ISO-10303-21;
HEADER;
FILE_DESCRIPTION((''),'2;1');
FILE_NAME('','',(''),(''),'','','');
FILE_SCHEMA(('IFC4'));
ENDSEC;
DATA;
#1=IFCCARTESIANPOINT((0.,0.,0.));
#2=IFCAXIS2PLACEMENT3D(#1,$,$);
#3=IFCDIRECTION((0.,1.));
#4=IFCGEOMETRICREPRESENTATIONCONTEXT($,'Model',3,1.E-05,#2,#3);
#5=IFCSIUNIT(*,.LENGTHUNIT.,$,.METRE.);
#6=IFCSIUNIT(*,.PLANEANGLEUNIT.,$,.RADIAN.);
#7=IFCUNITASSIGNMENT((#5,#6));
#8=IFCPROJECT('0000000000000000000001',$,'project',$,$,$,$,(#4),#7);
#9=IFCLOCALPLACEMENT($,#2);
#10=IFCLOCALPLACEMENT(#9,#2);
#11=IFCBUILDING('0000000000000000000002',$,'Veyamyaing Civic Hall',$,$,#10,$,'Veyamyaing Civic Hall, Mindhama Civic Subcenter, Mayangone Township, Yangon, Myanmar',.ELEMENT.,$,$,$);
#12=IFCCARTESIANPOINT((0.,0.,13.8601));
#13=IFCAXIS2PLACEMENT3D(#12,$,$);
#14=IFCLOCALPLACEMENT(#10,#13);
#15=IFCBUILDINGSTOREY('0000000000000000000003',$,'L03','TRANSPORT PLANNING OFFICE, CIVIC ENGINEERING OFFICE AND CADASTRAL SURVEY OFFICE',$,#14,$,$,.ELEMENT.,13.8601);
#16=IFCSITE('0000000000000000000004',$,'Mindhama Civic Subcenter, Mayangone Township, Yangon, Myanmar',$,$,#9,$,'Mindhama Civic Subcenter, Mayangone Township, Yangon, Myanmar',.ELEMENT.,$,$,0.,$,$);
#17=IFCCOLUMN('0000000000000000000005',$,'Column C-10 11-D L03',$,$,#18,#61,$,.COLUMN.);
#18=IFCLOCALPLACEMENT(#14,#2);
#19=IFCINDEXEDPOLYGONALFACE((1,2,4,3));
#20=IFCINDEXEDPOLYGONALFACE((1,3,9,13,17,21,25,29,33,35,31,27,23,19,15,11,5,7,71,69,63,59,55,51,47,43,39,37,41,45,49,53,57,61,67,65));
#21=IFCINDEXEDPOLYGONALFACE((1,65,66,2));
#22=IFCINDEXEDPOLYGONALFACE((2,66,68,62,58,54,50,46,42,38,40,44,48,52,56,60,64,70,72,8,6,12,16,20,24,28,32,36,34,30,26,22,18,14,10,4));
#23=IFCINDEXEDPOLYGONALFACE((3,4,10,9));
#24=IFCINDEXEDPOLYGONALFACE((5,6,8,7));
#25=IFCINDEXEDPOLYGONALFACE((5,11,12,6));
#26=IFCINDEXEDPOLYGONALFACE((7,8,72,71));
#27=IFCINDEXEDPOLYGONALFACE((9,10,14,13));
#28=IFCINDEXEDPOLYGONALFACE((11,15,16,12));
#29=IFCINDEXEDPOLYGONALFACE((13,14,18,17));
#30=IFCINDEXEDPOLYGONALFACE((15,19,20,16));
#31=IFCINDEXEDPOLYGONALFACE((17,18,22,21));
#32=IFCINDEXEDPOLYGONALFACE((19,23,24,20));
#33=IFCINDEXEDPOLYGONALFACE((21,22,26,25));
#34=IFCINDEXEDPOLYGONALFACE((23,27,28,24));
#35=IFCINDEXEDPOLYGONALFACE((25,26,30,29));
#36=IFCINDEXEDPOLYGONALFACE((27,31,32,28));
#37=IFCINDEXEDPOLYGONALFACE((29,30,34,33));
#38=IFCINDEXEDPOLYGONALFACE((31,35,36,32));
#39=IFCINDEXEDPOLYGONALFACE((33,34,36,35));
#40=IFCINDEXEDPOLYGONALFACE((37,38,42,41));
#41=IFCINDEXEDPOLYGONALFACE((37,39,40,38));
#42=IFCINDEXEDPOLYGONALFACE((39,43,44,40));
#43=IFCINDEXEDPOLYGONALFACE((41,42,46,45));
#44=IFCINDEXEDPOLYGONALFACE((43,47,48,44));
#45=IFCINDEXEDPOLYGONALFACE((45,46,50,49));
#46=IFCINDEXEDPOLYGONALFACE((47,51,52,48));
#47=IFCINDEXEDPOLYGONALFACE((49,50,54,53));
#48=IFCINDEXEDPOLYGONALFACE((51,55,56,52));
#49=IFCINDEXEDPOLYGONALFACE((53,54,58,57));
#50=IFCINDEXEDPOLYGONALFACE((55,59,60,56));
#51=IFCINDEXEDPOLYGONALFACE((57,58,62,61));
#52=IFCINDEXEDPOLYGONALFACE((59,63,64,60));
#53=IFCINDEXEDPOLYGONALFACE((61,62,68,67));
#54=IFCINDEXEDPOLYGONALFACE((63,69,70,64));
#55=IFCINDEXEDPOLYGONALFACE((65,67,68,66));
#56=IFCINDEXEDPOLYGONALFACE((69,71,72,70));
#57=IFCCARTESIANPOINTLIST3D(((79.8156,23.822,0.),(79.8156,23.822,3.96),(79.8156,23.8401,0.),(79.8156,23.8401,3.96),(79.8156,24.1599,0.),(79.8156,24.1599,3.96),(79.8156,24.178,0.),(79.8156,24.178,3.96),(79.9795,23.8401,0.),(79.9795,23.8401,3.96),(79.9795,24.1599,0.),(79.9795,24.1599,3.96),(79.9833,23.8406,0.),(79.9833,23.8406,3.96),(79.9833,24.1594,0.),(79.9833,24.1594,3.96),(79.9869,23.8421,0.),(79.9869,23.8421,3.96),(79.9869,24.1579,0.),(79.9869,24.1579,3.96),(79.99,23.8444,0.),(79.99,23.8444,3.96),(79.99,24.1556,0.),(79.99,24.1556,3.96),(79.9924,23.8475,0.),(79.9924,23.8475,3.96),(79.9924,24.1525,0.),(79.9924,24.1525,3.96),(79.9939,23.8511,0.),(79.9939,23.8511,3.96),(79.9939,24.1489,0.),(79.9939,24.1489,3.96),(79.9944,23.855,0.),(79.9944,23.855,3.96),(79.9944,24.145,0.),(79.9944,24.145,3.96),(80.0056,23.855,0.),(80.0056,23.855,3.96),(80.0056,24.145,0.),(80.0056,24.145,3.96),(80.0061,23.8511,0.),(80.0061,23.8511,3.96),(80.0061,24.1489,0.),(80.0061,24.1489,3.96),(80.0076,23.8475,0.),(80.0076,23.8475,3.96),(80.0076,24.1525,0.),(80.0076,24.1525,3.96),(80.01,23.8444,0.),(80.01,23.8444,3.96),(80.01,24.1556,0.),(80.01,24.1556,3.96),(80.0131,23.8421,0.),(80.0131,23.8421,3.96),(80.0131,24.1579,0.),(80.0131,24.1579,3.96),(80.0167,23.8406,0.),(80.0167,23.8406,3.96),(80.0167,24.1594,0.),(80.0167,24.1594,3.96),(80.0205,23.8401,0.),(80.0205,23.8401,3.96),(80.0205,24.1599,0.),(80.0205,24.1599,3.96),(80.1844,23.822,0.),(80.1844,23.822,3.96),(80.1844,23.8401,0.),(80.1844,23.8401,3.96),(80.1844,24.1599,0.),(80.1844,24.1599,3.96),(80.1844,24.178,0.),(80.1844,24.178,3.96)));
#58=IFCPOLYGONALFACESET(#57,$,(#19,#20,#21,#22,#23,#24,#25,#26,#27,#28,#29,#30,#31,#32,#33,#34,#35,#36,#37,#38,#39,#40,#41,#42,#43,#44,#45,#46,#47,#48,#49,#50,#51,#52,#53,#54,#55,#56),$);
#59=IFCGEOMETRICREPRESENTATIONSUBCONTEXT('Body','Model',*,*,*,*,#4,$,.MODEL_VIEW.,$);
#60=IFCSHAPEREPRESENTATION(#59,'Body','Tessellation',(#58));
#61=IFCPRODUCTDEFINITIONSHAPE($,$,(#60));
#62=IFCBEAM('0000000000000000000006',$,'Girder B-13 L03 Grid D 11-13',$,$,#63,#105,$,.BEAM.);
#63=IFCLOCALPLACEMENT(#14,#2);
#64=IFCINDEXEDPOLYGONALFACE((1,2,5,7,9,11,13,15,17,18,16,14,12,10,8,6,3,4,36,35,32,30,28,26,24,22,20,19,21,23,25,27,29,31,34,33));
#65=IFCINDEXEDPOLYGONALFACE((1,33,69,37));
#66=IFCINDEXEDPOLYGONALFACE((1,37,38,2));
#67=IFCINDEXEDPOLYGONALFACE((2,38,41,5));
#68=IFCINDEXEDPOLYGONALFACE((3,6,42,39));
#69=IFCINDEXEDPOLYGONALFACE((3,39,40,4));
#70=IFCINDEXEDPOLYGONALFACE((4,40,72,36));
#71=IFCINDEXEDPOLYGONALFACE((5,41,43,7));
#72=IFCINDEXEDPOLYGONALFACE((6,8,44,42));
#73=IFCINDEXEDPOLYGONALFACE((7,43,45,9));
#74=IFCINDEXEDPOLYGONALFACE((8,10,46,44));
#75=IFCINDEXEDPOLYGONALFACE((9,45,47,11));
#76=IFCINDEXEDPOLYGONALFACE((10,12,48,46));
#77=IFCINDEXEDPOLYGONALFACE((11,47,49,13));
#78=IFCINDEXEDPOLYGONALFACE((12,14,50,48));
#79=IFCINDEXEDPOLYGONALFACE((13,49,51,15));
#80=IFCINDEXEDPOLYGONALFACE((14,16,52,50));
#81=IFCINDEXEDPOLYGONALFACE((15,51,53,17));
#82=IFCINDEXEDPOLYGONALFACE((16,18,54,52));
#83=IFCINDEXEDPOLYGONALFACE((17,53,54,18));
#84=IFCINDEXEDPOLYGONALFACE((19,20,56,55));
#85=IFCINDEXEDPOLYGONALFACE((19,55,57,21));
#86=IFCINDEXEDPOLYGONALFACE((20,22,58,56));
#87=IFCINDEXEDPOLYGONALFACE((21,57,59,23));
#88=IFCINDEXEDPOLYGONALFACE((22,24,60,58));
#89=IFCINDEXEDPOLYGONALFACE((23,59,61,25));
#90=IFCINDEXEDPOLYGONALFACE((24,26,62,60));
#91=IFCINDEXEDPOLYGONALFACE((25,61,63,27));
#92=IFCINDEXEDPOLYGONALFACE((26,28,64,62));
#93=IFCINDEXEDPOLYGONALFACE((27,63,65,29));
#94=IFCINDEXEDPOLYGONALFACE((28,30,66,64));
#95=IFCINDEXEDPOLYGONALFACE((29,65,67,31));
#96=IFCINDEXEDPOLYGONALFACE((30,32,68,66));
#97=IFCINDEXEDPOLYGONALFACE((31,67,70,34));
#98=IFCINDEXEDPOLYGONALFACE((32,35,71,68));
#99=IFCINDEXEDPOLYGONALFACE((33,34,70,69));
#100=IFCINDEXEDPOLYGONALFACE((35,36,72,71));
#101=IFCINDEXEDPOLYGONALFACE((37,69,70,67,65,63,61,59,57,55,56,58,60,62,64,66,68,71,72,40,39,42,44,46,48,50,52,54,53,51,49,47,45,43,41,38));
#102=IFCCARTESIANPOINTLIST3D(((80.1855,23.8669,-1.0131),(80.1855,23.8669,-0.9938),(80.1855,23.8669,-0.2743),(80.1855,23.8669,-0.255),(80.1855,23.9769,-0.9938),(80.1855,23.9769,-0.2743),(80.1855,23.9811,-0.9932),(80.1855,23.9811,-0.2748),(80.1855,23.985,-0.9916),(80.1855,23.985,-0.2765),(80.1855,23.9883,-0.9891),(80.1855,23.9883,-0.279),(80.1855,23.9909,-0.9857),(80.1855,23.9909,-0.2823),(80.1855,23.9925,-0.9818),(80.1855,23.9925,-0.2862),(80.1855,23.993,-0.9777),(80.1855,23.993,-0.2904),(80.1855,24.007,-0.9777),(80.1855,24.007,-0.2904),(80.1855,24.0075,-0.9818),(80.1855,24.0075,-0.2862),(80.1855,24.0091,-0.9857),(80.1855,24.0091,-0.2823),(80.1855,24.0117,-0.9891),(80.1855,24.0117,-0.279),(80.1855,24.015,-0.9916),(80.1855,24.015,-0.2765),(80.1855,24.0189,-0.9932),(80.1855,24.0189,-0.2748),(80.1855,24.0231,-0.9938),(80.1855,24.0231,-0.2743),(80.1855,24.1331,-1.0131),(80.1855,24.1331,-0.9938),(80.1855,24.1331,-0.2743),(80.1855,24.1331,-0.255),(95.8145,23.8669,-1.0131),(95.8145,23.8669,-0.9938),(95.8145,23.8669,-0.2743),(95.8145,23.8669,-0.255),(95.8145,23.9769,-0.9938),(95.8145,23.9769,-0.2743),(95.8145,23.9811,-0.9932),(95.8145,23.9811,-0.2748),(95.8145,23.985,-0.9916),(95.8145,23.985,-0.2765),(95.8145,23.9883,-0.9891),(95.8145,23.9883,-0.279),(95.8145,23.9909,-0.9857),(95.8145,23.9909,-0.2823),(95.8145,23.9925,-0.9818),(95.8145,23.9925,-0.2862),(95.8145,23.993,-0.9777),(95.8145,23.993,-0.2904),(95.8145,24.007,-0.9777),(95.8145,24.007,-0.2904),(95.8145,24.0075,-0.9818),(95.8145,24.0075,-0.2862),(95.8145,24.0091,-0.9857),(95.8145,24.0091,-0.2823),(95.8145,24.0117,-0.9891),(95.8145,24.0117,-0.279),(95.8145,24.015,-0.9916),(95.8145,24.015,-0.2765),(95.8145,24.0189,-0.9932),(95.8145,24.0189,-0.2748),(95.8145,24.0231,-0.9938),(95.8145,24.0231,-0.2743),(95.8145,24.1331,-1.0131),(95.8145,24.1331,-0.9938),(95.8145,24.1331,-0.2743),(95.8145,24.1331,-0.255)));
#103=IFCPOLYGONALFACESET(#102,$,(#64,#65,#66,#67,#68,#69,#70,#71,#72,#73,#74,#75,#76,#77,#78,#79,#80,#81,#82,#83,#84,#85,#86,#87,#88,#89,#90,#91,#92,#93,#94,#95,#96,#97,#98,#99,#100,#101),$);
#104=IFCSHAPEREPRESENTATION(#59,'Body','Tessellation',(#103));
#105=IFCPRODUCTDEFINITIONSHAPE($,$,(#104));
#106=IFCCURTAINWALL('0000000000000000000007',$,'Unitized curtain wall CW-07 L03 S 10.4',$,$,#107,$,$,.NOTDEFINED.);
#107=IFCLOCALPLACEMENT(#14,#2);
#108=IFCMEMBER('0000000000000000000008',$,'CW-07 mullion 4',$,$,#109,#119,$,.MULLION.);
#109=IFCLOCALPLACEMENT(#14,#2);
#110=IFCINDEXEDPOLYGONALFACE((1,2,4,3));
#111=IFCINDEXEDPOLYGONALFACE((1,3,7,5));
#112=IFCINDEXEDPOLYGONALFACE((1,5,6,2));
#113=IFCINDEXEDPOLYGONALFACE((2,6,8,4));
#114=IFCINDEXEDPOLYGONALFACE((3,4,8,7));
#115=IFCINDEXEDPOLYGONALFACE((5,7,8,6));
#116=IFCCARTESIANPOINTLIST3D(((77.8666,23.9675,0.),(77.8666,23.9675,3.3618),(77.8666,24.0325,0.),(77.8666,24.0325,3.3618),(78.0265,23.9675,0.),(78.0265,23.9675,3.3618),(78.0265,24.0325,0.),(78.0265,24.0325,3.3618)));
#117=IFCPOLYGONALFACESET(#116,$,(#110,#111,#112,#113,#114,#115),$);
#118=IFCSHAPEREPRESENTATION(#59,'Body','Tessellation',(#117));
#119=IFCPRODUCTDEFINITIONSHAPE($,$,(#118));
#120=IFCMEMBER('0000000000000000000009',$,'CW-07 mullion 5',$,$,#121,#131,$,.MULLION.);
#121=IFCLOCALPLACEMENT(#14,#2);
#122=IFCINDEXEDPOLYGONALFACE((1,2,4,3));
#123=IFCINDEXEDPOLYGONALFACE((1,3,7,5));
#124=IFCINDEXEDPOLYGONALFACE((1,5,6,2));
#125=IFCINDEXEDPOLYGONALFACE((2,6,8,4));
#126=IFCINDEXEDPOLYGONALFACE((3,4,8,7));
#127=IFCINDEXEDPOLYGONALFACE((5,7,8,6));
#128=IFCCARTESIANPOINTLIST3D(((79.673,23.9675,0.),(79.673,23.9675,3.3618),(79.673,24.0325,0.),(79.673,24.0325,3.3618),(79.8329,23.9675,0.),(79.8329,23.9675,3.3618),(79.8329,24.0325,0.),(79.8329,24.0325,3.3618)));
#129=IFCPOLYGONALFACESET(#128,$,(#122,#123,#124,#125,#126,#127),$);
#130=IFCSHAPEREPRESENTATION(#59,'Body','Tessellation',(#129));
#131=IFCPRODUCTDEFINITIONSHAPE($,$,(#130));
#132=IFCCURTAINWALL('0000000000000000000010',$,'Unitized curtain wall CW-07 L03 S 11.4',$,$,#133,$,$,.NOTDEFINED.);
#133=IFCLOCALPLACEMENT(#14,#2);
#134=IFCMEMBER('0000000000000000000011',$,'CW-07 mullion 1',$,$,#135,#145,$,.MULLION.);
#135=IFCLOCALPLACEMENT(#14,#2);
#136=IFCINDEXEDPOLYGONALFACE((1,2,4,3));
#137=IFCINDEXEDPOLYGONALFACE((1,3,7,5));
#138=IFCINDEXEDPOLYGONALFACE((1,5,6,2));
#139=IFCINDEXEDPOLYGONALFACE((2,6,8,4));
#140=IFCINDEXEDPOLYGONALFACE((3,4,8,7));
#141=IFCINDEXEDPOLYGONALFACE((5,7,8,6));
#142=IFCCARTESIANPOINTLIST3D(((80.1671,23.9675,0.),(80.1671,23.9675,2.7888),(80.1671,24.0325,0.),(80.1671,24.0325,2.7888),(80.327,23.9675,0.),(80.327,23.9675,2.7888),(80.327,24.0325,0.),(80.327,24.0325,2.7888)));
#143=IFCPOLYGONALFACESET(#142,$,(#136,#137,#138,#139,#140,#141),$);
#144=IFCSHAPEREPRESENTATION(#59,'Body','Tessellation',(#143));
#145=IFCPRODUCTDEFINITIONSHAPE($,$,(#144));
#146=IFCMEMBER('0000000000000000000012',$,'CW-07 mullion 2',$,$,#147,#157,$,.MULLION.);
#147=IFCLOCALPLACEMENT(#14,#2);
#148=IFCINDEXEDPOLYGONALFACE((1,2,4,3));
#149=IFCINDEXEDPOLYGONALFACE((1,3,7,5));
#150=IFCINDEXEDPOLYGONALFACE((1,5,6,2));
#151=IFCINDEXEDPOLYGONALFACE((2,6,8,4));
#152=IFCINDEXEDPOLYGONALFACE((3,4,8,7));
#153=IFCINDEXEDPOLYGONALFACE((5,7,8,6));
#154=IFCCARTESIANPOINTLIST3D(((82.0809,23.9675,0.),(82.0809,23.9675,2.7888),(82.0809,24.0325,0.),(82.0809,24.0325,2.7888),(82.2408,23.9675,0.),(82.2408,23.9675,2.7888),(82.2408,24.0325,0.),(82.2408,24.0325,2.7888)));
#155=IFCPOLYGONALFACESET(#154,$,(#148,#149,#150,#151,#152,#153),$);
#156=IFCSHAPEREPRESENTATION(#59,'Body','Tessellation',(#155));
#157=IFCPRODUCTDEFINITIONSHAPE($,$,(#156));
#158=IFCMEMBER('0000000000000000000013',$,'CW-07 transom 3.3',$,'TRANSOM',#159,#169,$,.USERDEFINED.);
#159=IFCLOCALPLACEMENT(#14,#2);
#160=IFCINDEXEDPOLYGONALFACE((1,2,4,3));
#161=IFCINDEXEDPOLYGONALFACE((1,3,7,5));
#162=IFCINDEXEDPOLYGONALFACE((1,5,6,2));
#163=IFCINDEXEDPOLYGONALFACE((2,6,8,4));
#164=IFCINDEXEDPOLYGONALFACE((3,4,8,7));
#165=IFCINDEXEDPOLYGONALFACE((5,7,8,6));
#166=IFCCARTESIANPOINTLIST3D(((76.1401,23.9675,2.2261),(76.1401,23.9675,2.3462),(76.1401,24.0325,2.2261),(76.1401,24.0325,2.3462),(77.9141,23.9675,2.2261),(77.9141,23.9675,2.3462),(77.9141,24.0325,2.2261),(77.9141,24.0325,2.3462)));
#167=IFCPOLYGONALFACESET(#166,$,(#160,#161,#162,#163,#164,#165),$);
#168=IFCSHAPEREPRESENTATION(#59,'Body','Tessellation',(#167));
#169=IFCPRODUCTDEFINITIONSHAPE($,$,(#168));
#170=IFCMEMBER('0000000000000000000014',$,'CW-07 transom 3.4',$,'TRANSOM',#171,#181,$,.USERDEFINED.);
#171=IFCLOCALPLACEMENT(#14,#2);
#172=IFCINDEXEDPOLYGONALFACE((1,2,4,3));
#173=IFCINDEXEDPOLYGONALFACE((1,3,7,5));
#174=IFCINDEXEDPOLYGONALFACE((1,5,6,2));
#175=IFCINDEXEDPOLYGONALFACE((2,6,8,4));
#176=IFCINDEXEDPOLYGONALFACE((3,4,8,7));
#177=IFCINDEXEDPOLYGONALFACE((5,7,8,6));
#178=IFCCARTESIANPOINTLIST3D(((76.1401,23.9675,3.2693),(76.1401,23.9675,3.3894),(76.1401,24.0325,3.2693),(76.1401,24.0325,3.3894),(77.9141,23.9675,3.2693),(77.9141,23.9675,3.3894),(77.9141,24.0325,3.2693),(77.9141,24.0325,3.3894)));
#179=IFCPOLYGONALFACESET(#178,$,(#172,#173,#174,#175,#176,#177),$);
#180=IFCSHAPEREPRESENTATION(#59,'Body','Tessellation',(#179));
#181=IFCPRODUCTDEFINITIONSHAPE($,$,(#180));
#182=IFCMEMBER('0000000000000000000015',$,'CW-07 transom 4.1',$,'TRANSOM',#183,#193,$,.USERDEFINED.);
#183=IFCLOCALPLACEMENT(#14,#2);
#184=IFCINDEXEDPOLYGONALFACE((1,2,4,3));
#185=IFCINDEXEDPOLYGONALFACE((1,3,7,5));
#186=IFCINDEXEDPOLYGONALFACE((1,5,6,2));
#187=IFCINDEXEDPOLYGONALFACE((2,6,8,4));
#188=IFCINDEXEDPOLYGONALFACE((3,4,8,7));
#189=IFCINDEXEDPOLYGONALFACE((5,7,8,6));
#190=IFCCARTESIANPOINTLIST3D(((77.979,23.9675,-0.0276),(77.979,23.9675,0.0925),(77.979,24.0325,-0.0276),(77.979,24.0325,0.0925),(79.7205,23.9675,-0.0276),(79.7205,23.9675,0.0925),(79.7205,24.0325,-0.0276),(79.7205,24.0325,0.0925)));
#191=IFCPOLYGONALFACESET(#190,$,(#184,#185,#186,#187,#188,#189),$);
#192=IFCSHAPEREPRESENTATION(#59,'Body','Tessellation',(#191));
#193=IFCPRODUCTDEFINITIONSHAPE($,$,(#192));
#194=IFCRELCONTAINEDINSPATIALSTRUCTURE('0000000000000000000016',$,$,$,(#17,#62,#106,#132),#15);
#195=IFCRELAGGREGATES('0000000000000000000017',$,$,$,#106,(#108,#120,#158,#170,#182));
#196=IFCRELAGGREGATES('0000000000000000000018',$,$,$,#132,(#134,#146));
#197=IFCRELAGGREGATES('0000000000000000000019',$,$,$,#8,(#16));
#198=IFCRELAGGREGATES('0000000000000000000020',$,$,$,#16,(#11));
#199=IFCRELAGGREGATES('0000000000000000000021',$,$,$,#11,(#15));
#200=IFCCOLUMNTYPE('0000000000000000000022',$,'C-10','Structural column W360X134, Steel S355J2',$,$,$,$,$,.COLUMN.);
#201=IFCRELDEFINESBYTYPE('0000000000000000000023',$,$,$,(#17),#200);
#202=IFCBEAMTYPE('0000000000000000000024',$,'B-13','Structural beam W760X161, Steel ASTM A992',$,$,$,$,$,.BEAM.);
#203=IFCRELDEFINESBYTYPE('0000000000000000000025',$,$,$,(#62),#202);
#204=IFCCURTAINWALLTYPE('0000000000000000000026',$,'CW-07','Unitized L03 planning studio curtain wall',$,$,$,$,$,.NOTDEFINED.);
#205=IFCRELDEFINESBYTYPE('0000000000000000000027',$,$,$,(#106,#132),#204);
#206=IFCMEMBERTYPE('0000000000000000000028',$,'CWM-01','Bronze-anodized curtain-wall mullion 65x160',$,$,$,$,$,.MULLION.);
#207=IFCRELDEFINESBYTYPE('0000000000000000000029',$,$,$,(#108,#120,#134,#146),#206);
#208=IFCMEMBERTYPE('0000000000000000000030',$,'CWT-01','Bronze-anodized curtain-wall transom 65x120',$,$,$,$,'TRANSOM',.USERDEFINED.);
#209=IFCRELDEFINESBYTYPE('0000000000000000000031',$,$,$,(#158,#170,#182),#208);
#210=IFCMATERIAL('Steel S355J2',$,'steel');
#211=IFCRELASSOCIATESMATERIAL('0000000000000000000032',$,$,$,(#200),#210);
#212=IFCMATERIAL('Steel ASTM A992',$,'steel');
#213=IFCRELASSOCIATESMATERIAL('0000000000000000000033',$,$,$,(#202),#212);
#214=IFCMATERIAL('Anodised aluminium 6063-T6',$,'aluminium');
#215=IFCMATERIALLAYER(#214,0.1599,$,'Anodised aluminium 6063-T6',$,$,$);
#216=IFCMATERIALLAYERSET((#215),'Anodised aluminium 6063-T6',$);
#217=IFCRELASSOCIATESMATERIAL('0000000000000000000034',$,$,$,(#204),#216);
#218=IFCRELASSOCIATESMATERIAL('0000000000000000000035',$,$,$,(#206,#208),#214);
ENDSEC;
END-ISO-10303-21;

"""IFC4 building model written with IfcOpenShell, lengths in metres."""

from ifc_helpers import new_model, si_unit, direction, frame, origin, origin_2d, place, context, subcontext, project, spatial, rectangle, i_section, extrude, material, layer, layer_set, material_profile, profile_set, type_object, element, aggregate, save


model = new_model("IFC4")

# Units and contexts
model_context = context("Model", 3, precision=1e-05, world=origin(), true_north=direction((0.0, 1.0)))
body_context = subcontext(model_context, "Body", "Model", "MODEL_VIEW")
ifc_project = project(units=[si_unit("LENGTHUNIT", "METRE"), si_unit("PLANEANGLEUNIT", "RADIAN")], contexts=[model_context])

# Site, building, storey
site_placement = place(None, origin())
site = spatial("IfcSite", under=ifc_project, at=site_placement, Name="Mindhama Civic Subcenter, Mayangone Township, Yangon, Myanmar", LongName="Mindhama Civic Subcenter, Mayangone Township, Yangon, Myanmar", CompositionType="ELEMENT", RefElevation=0.0)
building_placement = place(site_placement, origin())
building = spatial("IfcBuilding", under=site, at=building_placement, Name="Veyamyaing Civic Hall", LongName="Veyamyaing Civic Hall, Mindhama Civic Subcenter, Mayangone Township, Yangon, Myanmar", CompositionType="ELEMENT")
storey_placement = place(building_placement, frame((0.0, 0.0, 13.8601)))
storey = spatial("IfcBuildingStorey", under=building, at=storey_placement, Name="L03", Description="TRANSPORT PLANNING OFFICE, CIVIC ENGINEERING OFFICE AND CADASTRAL SURVEY OFFICE", CompositionType="ELEMENT", Elevation=13.8601)

# Column
ifc_material_1 = material(Name="Steel S355J2", Category="steel")
ifc_material_profile_1 = material_profile(ifc_material_1, i_section(OverallWidth=0.3689, OverallDepth=0.356, WebThickness=0.0112, FlangeThickness=0.0181, FilletRadius=0.0149, at=origin_2d()), Name="W360X134")
ifc_profile_set_1 = profile_set([ifc_material_profile_1], Name="Steel S355J2")
column_type = type_object("IfcColumnType", Name="C-10", Description="Structural column W360X134, Steel S355J2", PredefinedType="COLUMN", material=ifc_profile_set_1)
column_placement = place(storey_placement, frame((80.0, 24.0, 0.0), z_axis=(0.0, 0.0, 1.0), x_axis=(1.0, 0.0, 0.0)))
element("IfcColumn", 1, at=column_placement, inside=storey, type_object=column_type, Name="Column C-10 11-D L03", PredefinedType="COLUMN", context=body_context, shape_type="SweptSolid", body=[
    extrude(i_section(OverallWidth=0.3689, OverallDepth=0.356, WebThickness=0.0112, FlangeThickness=0.0181, FilletRadius=0.0149, at=origin_2d()), origin(), (0.0, 0.0, 1.0), 3.96),
])

# Beam
ifc_material_2 = material(Name="Steel ASTM A992", Category="steel")
ifc_material_profile_2 = material_profile(ifc_material_2, i_section(OverallWidth=0.2661, OverallDepth=0.7581, WebThickness=0.0139, FlangeThickness=0.0193, FilletRadius=0.0161, at=origin_2d()), Name="W760X161")
ifc_profile_set_2 = profile_set([ifc_material_profile_2], Name="Steel ASTM A992")
beam_type = type_object("IfcBeamType", Name="B-13", Description="Structural beam W760X161, Steel ASTM A992", PredefinedType="BEAM", material=ifc_profile_set_2)
beam_placement = place(storey_placement, frame((80.1855, 24.0, -0.634), z_axis=(1.0, 0.0, 0.0), x_axis=(0.0, 1.0, 0.0)))
element("IfcBeam", 2, at=beam_placement, inside=storey, type_object=beam_type, Name="Girder B-13 L03 Grid D 11-13", PredefinedType="BEAM", context=body_context, shape_type="SweptSolid", body=[
    extrude(i_section(OverallWidth=0.2661, OverallDepth=0.7581, WebThickness=0.0139, FlangeThickness=0.0193, FilletRadius=0.0161, at=origin_2d()), origin(), (0.0, 0.0, 1.0), 15.6289),
])

# Curtain walls, members
ifc_material_3 = material(Name="Anodised aluminium 6063-T6", Category="aluminium")
ifc_layer_1 = layer(ifc_material_3, 0.1599, Name="Anodised aluminium 6063-T6")
ifc_layer_set_1 = layer_set([ifc_layer_1], Name="Anodised aluminium 6063-T6")
curtain_wall_type = type_object("IfcCurtainWallType", Name="CW-07", Description="Unitized L03 planning studio curtain wall", PredefinedType="NOTDEFINED", material=ifc_layer_set_1)
curtain_wall_1_placement = place(storey_placement, origin())
curtain_wall_1 = element("IfcCurtainWall", 3, at=curtain_wall_1_placement, inside=storey, type_object=curtain_wall_type, Name="Unitized curtain wall CW-07 L03 S 10.4", PredefinedType="NOTDEFINED")
ifc_material_profile_3 = material_profile(ifc_material_3, rectangle(XDim=0.0649, YDim=0.1599, at=origin_2d()), Name="ALU-MUL-65X160")
ifc_profile_set_3 = profile_set([ifc_material_profile_3], Name="Anodised aluminium 6063-T6")
member_type_1 = type_object("IfcMemberType", Name="CWM-01", Description="Bronze-anodized curtain-wall mullion 65x160", PredefinedType="MULLION", material=ifc_profile_set_3)
member_1_placement = place(storey_placement, frame((77.9465, 24.0, 0.0), z_axis=(0.0, 0.0, 1.0), x_axis=(0.0, 1.0, 0.0)))
member_1 = element("IfcMember", 4, at=member_1_placement, type_object=member_type_1, Name="CW-07 mullion 4", PredefinedType="MULLION", context=body_context, shape_type="SweptSolid", body=[
    extrude(rectangle(XDim=0.0649, YDim=0.1599, at=origin_2d()), origin(), (0.0, 0.0, 1.0), 3.3618),
])
member_2_placement = place(storey_placement, frame((79.7529, 24.0, 0.0), z_axis=(0.0, 0.0, 1.0), x_axis=(0.0, 1.0, 0.0)))
member_2 = element("IfcMember", 5, at=member_2_placement, type_object=member_type_1, Name="CW-07 mullion 5", PredefinedType="MULLION", context=body_context, shape_type="SweptSolid", body=[
    extrude(rectangle(XDim=0.0649, YDim=0.1599, at=origin_2d()), origin(), (0.0, 0.0, 1.0), 3.3618),
])
curtain_wall_2_placement = place(storey_placement, origin())
curtain_wall_2 = element("IfcCurtainWall", 6, at=curtain_wall_2_placement, inside=storey, type_object=curtain_wall_type, Name="Unitized curtain wall CW-07 L03 S 11.4", PredefinedType="NOTDEFINED")
member_3_placement = place(storey_placement, frame((80.2471, 24.0, 0.0), z_axis=(0.0, 0.0, 1.0), x_axis=(0.0, 1.0, 0.0)))
member_3 = element("IfcMember", 7, at=member_3_placement, type_object=member_type_1, Name="CW-07 mullion 1", PredefinedType="MULLION", context=body_context, shape_type="SweptSolid", body=[
    extrude(rectangle(XDim=0.0649, YDim=0.1599, at=origin_2d()), origin(), (0.0, 0.0, 1.0), 2.7888),
])
member_4_placement = place(storey_placement, frame((82.1609, 24.0, 0.0), z_axis=(0.0, 0.0, 1.0), x_axis=(0.0, 1.0, 0.0)))
member_4 = element("IfcMember", 8, at=member_4_placement, type_object=member_type_1, Name="CW-07 mullion 2", PredefinedType="MULLION", context=body_context, shape_type="SweptSolid", body=[
    extrude(rectangle(XDim=0.0649, YDim=0.1599, at=origin_2d()), origin(), (0.0, 0.0, 1.0), 2.7888),
])

# Members
ifc_material_profile_4 = material_profile(ifc_material_3, rectangle(XDim=0.0649, YDim=0.1201, at=origin_2d()), Name="ALU-TRN-65X120")
ifc_profile_set_4 = profile_set([ifc_material_profile_4], Name="Anodised aluminium 6063-T6")
member_type_2 = type_object("IfcMemberType", Name="CWT-01", Description="Bronze-anodized curtain-wall transom 65x120", ElementType="TRANSOM", PredefinedType="USERDEFINED", material=ifc_profile_set_4)
member_5_placement = place(storey_placement, frame((76.1401, 24.0, 2.2861), z_axis=(1.0, 0.0, 0.0), x_axis=(0.0, 1.0, 0.0)))
member_5 = element("IfcMember", 9, at=member_5_placement, type_object=member_type_2, Name="CW-07 transom 3.3", ObjectType="TRANSOM", PredefinedType="USERDEFINED", context=body_context, shape_type="SweptSolid", body=[
    extrude(rectangle(XDim=0.0649, YDim=0.1201, at=origin_2d()), origin(), (0.0, 0.0, 1.0), 1.7739),
])
member_6_placement = place(storey_placement, frame((76.1401, 24.0, 3.3293), z_axis=(1.0, 0.0, 0.0), x_axis=(0.0, 1.0, 0.0)))
member_6 = element("IfcMember", 10, at=member_6_placement, type_object=member_type_2, Name="CW-07 transom 3.4", ObjectType="TRANSOM", PredefinedType="USERDEFINED", context=body_context, shape_type="SweptSolid", body=[
    extrude(rectangle(XDim=0.0649, YDim=0.1201, at=origin_2d()), origin(), (0.0, 0.0, 1.0), 1.7739),
])
member_7_placement = place(storey_placement, frame((77.979, 24.0, 0.0325), z_axis=(1.0, 0.0, 0.0), x_axis=(0.0, 1.0, 0.0)))
member_7 = element("IfcMember", 11, at=member_7_placement, type_object=member_type_2, Name="CW-07 transom 4.1", ObjectType="TRANSOM", PredefinedType="USERDEFINED", context=body_context, shape_type="SweptSolid", body=[
    extrude(rectangle(XDim=0.0649, YDim=0.1201, at=origin_2d()), origin(), (0.0, 0.0, 1.0), 1.7415),
])

aggregate(curtain_wall_1, [member_1, member_2, member_5, member_6, member_7])
aggregate(curtain_wall_2, [member_3, member_4])

save(model, "model.ifc")
